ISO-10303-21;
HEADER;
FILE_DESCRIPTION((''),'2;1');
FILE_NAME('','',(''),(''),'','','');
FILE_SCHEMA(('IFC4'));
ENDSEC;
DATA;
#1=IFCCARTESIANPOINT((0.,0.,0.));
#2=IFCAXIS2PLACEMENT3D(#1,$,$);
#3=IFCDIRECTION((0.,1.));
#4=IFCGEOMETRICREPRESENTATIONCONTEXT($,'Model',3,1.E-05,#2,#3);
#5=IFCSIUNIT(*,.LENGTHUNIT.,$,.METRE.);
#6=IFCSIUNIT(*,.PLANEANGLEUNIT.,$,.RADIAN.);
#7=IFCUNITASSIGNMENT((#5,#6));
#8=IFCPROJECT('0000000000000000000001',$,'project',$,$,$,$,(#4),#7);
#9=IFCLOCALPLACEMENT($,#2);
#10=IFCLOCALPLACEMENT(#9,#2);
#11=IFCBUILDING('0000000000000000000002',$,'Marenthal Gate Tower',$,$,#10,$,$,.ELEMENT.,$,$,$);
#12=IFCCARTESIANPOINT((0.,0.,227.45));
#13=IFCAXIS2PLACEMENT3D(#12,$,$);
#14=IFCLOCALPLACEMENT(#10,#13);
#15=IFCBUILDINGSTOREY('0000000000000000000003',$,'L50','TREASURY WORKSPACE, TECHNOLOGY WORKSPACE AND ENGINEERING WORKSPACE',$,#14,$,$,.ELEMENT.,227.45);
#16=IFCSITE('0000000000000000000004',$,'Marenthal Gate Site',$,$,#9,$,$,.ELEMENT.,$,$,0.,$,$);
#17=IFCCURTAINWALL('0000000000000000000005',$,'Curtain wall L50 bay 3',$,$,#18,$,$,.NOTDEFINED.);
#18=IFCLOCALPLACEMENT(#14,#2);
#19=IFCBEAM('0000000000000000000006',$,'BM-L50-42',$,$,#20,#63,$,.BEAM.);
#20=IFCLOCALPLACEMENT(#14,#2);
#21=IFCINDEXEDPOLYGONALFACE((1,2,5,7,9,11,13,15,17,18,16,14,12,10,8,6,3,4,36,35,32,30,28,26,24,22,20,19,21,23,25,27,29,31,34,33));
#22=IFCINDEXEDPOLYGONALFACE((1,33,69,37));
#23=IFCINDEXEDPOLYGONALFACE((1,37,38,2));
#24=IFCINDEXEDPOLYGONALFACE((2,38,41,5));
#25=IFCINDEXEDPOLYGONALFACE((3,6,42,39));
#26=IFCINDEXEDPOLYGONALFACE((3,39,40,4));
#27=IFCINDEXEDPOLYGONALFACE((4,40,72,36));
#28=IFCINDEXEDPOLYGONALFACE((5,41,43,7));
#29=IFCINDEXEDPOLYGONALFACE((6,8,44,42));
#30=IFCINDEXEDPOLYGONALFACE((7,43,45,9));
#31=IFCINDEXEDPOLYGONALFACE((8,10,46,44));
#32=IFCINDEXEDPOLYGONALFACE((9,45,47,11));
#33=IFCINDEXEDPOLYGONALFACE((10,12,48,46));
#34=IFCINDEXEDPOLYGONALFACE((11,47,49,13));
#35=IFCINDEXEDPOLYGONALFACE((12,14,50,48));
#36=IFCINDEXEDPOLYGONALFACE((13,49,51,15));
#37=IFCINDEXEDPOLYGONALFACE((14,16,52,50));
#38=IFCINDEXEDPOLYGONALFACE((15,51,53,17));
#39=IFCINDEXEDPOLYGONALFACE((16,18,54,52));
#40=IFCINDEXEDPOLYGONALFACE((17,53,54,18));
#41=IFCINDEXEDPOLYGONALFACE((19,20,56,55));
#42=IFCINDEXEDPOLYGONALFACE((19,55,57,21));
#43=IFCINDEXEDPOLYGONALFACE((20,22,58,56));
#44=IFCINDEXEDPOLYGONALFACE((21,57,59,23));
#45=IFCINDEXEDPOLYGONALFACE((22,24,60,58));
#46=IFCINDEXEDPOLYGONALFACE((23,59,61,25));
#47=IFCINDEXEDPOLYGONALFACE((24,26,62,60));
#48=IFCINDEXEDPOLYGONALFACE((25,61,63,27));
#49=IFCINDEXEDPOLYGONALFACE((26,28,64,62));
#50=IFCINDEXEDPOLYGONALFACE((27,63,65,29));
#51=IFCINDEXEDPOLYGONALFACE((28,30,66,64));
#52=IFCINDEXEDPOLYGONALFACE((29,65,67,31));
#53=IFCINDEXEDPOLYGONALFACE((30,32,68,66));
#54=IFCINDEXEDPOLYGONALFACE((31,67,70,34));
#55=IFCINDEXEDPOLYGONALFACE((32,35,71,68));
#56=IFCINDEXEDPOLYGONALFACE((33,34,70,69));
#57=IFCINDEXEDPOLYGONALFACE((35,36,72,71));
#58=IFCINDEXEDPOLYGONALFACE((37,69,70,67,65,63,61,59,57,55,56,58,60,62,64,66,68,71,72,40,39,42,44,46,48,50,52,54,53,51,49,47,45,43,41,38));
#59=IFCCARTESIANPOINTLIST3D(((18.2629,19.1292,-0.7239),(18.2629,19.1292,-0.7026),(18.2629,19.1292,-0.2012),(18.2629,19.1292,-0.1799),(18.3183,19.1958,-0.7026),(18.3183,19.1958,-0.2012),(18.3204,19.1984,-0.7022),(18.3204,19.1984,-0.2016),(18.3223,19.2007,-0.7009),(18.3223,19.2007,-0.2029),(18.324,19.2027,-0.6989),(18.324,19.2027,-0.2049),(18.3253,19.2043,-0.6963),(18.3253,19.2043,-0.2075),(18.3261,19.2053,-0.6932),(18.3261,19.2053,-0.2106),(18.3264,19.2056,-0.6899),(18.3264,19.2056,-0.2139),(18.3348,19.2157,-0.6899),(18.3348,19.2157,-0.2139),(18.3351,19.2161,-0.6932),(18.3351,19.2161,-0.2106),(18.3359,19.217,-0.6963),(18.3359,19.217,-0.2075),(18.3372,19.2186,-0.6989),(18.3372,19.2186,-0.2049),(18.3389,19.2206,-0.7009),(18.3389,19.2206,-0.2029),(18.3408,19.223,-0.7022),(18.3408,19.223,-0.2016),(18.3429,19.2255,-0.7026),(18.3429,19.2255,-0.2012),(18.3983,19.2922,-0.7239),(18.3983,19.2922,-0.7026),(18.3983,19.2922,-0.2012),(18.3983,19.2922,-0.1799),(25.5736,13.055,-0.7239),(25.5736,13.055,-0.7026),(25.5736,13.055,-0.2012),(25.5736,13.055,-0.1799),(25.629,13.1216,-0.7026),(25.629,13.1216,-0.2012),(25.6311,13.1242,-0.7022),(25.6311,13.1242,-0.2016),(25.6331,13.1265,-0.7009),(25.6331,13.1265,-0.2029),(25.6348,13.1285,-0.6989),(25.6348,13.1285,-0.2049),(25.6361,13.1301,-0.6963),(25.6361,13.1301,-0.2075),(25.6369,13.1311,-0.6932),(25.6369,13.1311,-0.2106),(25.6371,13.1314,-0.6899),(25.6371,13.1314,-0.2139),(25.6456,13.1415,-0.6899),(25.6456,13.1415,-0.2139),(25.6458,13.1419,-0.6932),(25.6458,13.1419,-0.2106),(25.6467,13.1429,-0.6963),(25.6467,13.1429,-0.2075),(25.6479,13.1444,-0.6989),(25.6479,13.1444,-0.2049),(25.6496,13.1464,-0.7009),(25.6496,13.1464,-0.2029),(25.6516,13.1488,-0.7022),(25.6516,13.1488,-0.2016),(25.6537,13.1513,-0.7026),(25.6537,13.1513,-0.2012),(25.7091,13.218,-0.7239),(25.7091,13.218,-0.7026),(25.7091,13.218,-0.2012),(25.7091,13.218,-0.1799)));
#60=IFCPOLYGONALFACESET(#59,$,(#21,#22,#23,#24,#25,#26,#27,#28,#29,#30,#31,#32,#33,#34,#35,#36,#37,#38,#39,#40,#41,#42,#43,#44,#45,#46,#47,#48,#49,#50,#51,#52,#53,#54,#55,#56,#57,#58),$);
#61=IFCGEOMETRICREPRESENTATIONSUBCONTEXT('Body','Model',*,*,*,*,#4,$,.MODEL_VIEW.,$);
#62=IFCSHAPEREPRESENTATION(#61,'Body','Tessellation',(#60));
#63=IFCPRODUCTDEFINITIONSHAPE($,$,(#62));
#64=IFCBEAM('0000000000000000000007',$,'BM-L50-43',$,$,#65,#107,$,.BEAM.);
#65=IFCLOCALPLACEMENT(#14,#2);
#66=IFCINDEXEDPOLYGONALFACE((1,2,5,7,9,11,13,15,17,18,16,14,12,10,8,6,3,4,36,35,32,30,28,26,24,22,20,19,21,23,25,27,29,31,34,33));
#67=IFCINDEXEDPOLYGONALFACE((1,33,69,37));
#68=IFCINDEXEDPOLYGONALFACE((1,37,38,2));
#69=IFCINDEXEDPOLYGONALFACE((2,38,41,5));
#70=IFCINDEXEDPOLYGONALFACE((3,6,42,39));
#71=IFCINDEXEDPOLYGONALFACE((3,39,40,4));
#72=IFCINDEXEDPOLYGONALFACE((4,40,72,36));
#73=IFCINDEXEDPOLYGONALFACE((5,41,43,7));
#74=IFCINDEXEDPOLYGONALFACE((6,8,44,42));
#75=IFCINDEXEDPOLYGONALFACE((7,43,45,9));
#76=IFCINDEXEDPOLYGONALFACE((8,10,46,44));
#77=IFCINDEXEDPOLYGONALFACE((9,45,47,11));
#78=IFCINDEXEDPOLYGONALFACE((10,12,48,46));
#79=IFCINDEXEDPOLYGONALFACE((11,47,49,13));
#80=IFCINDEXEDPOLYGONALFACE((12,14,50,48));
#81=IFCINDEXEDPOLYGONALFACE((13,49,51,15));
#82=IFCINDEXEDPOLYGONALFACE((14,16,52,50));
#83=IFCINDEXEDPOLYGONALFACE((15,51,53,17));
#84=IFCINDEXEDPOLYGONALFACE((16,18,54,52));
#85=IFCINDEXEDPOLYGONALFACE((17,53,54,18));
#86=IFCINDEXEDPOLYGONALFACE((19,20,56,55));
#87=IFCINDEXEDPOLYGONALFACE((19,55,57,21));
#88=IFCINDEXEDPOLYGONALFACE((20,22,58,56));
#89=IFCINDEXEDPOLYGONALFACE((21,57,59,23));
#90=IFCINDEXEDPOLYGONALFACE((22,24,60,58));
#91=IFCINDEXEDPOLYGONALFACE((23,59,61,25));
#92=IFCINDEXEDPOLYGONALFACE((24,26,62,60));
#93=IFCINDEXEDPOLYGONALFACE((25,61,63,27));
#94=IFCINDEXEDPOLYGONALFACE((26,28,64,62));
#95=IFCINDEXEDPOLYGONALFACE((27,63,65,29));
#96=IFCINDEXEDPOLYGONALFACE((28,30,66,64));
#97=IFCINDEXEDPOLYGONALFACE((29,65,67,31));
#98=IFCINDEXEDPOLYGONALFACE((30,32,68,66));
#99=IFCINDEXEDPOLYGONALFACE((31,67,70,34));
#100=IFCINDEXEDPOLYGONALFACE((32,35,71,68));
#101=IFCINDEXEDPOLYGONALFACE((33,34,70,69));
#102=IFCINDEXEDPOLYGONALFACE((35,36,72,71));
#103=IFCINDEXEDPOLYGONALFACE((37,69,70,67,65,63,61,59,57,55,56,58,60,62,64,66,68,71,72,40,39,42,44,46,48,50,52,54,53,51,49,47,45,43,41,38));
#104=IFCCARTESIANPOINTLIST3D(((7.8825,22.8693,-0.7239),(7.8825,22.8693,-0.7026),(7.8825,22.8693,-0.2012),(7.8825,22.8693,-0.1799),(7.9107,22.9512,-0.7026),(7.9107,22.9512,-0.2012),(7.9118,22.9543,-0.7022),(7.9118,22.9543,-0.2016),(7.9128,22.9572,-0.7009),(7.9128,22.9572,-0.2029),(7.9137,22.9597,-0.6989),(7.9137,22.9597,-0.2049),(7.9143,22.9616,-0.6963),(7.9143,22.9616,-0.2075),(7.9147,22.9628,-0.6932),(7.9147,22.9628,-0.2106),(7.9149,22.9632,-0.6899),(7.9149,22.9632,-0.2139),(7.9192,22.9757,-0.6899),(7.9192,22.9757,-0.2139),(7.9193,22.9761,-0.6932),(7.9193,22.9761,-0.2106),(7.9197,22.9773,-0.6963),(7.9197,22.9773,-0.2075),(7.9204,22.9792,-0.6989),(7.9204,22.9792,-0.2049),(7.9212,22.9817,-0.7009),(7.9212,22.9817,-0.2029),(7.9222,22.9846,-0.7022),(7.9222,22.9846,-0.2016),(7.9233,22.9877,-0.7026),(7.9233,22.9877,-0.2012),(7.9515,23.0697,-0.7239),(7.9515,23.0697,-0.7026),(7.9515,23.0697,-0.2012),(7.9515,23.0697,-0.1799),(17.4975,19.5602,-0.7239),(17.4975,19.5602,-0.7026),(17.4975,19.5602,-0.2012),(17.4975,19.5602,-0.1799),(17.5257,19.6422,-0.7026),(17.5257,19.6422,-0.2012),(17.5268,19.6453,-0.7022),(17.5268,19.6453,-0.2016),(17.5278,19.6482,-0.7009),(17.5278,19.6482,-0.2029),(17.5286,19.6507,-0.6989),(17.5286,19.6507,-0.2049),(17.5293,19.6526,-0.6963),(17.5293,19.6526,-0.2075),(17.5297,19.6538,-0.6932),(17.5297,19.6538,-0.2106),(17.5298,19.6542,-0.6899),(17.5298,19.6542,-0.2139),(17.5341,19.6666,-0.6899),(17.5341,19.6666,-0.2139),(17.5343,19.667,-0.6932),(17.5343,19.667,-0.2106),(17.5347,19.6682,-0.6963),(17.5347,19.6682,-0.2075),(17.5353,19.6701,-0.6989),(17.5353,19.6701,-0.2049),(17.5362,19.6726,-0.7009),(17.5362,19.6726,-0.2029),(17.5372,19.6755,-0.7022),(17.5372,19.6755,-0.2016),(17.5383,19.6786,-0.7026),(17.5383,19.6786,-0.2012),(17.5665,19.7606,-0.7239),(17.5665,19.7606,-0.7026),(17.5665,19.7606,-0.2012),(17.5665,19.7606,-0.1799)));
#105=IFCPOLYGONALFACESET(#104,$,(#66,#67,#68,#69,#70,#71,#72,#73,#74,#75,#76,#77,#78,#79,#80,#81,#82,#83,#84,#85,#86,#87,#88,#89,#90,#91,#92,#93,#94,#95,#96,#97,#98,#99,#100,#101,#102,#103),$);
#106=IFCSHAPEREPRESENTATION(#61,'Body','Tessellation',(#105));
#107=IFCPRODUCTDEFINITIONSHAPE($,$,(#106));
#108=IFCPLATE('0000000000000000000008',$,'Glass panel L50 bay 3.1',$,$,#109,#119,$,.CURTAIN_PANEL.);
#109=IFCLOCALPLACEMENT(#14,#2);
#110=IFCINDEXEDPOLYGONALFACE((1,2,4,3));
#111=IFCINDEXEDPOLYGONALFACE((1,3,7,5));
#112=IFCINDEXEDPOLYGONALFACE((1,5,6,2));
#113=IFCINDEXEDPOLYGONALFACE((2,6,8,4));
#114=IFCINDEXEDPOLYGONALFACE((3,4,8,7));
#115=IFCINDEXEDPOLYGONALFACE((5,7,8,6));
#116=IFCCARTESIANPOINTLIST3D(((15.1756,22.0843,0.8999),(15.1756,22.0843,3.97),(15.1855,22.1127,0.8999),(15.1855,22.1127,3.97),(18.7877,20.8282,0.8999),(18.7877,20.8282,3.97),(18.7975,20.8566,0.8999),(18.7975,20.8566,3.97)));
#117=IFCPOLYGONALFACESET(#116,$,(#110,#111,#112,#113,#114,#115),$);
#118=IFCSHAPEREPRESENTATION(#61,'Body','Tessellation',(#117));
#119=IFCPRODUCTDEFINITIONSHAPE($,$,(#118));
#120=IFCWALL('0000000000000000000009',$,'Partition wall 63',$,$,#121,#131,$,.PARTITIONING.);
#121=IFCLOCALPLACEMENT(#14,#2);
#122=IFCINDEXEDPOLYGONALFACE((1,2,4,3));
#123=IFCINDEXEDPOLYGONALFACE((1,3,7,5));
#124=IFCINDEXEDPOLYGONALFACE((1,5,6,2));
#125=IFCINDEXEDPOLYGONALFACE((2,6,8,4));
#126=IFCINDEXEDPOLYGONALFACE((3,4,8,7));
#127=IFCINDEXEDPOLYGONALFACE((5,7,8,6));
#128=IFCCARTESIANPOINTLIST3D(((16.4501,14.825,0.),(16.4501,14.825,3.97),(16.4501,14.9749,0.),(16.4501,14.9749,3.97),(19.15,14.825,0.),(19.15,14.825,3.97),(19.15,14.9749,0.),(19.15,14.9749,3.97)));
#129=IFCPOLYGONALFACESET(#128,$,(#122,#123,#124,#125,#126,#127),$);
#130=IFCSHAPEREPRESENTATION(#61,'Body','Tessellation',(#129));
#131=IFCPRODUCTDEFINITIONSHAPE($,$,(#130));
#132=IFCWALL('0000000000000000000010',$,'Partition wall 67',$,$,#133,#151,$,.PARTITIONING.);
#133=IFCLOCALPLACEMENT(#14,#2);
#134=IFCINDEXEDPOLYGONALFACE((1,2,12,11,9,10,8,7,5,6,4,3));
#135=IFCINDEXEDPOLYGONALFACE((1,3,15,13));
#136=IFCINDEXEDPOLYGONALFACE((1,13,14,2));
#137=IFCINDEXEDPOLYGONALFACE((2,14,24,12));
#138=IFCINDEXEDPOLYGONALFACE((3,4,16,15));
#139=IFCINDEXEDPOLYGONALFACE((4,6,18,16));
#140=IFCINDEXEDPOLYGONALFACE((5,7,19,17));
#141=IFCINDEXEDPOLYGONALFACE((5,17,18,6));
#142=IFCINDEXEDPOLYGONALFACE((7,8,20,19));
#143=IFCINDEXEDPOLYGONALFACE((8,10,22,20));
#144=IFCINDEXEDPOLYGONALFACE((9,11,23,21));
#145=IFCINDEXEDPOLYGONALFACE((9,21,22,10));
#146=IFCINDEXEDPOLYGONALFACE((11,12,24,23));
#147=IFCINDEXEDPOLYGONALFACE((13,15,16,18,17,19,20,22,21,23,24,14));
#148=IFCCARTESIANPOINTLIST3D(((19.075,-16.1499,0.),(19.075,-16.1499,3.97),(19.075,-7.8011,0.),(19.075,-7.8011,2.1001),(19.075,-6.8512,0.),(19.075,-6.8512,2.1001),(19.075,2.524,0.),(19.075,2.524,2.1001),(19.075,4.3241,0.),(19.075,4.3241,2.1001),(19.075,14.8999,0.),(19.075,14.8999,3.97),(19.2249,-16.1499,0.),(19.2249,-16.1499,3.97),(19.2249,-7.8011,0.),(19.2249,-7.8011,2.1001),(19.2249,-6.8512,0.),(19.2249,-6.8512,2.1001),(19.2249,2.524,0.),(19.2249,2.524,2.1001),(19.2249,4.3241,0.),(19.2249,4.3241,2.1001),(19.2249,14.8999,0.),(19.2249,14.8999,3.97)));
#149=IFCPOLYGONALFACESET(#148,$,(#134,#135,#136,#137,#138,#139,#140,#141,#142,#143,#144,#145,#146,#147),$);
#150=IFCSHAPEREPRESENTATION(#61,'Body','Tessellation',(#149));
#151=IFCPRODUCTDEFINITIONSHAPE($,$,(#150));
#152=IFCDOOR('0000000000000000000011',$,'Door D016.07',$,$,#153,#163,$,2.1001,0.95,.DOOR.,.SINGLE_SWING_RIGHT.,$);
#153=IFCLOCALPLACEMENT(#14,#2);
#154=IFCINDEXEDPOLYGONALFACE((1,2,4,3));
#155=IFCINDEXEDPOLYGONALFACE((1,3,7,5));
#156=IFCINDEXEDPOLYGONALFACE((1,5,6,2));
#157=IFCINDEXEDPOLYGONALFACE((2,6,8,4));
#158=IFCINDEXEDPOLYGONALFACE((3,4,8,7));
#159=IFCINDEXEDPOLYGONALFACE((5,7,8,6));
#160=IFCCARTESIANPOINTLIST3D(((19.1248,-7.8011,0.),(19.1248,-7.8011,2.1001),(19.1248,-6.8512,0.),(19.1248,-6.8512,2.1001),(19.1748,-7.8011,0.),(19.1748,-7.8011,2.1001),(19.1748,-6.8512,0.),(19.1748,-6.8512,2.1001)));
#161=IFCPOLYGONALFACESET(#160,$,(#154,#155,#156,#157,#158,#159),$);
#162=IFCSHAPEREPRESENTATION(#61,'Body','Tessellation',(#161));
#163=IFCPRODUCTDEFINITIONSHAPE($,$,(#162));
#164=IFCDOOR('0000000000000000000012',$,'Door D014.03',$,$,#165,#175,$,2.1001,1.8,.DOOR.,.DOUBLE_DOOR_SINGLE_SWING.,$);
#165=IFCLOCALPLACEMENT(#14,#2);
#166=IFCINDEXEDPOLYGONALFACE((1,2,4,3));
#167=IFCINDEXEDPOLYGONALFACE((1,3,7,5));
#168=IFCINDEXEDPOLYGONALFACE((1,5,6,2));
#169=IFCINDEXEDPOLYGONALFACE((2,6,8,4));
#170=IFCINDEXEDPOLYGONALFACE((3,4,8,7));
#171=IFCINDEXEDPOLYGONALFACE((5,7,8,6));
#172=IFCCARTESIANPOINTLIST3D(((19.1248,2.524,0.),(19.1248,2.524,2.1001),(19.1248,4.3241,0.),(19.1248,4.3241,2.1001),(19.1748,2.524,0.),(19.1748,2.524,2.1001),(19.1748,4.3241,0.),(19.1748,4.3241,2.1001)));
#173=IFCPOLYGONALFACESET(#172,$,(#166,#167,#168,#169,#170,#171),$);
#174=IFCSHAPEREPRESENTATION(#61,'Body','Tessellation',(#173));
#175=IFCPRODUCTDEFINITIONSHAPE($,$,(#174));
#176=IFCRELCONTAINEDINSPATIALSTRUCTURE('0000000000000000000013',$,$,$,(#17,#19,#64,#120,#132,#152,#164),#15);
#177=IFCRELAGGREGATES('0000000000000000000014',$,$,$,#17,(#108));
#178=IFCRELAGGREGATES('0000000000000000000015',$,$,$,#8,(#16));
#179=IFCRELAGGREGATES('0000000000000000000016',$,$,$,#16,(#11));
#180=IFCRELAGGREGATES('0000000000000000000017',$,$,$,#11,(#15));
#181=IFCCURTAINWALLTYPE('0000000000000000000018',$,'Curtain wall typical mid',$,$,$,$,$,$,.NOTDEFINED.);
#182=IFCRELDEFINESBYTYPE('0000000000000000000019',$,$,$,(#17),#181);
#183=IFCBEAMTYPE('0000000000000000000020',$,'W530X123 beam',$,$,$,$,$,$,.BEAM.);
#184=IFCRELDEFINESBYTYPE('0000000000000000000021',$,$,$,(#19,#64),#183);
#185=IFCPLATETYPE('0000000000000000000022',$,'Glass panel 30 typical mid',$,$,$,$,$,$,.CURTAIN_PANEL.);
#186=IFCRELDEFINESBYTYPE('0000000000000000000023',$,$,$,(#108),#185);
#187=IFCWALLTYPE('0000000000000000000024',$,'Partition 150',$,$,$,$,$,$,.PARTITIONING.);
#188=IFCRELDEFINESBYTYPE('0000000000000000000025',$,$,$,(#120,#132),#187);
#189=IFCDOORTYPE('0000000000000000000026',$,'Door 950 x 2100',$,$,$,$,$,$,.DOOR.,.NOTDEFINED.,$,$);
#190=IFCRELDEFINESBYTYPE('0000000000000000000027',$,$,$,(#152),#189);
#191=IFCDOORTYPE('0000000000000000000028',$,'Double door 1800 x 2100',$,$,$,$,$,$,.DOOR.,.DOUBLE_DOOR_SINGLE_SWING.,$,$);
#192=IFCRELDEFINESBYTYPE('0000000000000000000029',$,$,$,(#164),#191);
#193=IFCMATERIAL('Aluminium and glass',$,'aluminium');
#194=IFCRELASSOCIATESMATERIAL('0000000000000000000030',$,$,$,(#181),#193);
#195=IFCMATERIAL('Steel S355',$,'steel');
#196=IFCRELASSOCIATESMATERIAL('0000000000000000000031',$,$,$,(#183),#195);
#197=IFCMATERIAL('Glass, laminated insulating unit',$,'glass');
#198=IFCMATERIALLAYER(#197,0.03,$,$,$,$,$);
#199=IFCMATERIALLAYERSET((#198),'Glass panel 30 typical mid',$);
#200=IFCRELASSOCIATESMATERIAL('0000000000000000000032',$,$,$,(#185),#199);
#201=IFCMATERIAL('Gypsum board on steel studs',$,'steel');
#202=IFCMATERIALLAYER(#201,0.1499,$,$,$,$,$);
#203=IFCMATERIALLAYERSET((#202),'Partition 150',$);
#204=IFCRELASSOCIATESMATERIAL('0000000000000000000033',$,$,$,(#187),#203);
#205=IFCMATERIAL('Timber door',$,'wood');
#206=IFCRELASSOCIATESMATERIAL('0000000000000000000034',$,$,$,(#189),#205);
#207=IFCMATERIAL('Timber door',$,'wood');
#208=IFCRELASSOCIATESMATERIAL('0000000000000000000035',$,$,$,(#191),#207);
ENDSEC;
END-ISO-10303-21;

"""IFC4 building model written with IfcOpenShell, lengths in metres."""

from ifc_helpers import new_model, si_unit, direction, frame, frame_2d, origin, origin_2d, place, context, subcontext, project, spatial, rectangle, i_section, extrude, material, layer, layer_set, material_profile, profile_set, type_object, element, fill, aggregate, save


model = new_model("IFC4")

# Units and contexts
model_context = context("Model", 3, precision=1e-05, world=origin(), true_north=direction((0.0, 1.0)))
body_context = subcontext(model_context, "Body", "Model", "MODEL_VIEW")
ifc_project = project(units=[si_unit("LENGTHUNIT", "METRE"), si_unit("PLANEANGLEUNIT", "RADIAN")], contexts=[model_context])

# Site, building, storey
site_placement = place(None, origin())
site = spatial("IfcSite", under=ifc_project, at=site_placement, Name="Marenthal Gate Site", CompositionType="ELEMENT", RefElevation=0.0)
building_placement = place(site_placement, origin())
building = spatial("IfcBuilding", under=site, at=building_placement, Name="Marenthal Gate Tower", CompositionType="ELEMENT")
storey_placement = place(building_placement, frame((0.0, 0.0, 227.45)))
storey = spatial("IfcBuildingStorey", under=building, at=storey_placement, Name="L50", Description="TREASURY WORKSPACE, TECHNOLOGY WORKSPACE AND ENGINEERING WORKSPACE", CompositionType="ELEMENT", Elevation=227.45)

# Shared definitions
ifc_material_1 = material(Name="Aluminium and glass", Category="aluminium")
curtain_wall_type = type_object("IfcCurtainWallType", Name="Curtain wall typical mid", PredefinedType="NOTDEFINED", material=ifc_material_1)

# Curtain wall
curtain_wall_1_placement = place(storey_placement, origin())
curtain_wall_1 = element("IfcCurtainWall", 1, at=curtain_wall_1_placement, inside=storey, type_object=curtain_wall_type, Name="Curtain wall L50 bay 3", PredefinedType="NOTDEFINED")

# Beams
ifc_material_2 = material(Name="Steel S355", Category="steel")
ifc_material_profile_1 = material_profile(ifc_material_2, i_section(OverallWidth=0.2119, OverallDepth=0.5439, WebThickness=0.0132, FlangeThickness=0.0212, FilletRadius=0.0127, at=origin_2d()), Name="W530X123")
ifc_profile_set_1 = profile_set([ifc_material_profile_1], Name="Steel S355")
beam_type_1 = type_object("IfcBeamType", Name="W530X123 beam", PredefinedType="BEAM", material=ifc_profile_set_1)
beam_1_placement = place(storey_placement, frame((25.6414, 13.1365, -0.4519), z_axis=(-0.769157, 0.639059, 0.0), x_axis=(-0.639059, -0.769157, 0.0)))
element("IfcBeam", 2, at=beam_1_placement, inside=storey, type_object=beam_type_1, Name="BM-L50-42", PredefinedType="BEAM", context=body_context, shape_type="SweptSolid", body=[
    extrude(i_section(OverallWidth=0.2119, OverallDepth=0.5439, WebThickness=0.0132, FlangeThickness=0.0212, FilletRadius=0.0127, at=origin_2d()), origin(), (0.0, 0.0, 1.0), 9.5049),
])
beam_2_placement = place(storey_placement, frame((17.532, 19.6604, -0.4519), z_axis=(-0.945568, 0.325425, 0.0), x_axis=(-0.325425, -0.945568, 0.0)))
element("IfcBeam", 3, at=beam_2_placement, inside=storey, type_object=beam_type_1, Name="BM-L50-43", PredefinedType="BEAM", context=body_context, shape_type="SweptSolid", body=[
    extrude(i_section(OverallWidth=0.2119, OverallDepth=0.5439, WebThickness=0.0132, FlangeThickness=0.0212, FilletRadius=0.0127, at=origin_2d()), origin(), (0.0, 0.0, 1.0), 10.1685),
])

# Plate
ifc_material_3 = material(Name="Glass, laminated insulating unit", Category="glass")
ifc_layer_1 = layer(ifc_material_3, 0.03)
ifc_layer_set_1 = layer_set([ifc_layer_1], Name="Glass panel 30 typical mid")
plate_type = type_object("IfcPlateType", Name="Glass panel 30 typical mid", PredefinedType="CURTAIN_PANEL", material=ifc_layer_set_1)
plate_placement = place(storey_placement, frame((16.9866, 21.4705, 0.8999), z_axis=(0.0, 0.0, 1.0), x_axis=(-0.944515, 0.328468, 0.0)))
plate = element("IfcPlate", 4, at=plate_placement, type_object=plate_type, Name="Glass panel L50 bay 3.1", PredefinedType="CURTAIN_PANEL", context=body_context, shape_type="SweptSolid", body=[
    extrude(rectangle(XDim=3.8242, YDim=0.03, at=origin_2d()), origin(), (0.0, 0.0, 1.0), 3.0701),
])
aggregate(curtain_wall_1, [plate])

# Wall
ifc_material_4 = material(Name="Gypsum board on steel studs", Category="steel")
ifc_layer_2 = layer(ifc_material_4, 0.1499)
ifc_layer_set_2 = layer_set([ifc_layer_2], Name="Partition 150")
wall_type_1 = type_object("IfcWallType", Name="Partition 150", PredefinedType="PARTITIONING", material=ifc_layer_set_2)
wall_1_placement = place(storey_placement, frame((16.45, 14.8999, 0.0), z_axis=(0.0, 0.0, 1.0), x_axis=(1.0, 0.0, 0.0)))
element("IfcWall", 5, at=wall_1_placement, inside=storey, type_object=wall_type_1, Name="Partition wall 63", PredefinedType="PARTITIONING", context=body_context, shape_type="SweptSolid", body=[
    extrude(rectangle(XDim=2.7, YDim=0.1499, at=frame_2d((1.3501, 0.0))), origin(), (0.0, 0.0, 1.0), 3.97),
])

# Wall, openings, doors
wall_2_placement = place(storey_placement, frame((19.1499, 14.8999, 0.0), z_axis=(0.0, 0.0, 1.0), x_axis=(0.0, -1.0, 0.0)))
wall_2 = element("IfcWall", 6, at=wall_2_placement, inside=storey, type_object=wall_type_1, Name="Partition wall 67", PredefinedType="PARTITIONING", context=body_context, shape_type="SweptSolid", body=[
    extrude(rectangle(XDim=31.0498, YDim=0.1499, at=frame_2d((15.5249, 0.0))), origin(), (0.0, 0.0, 1.0), 3.97),
])
opening_1_placement = place(wall_2_placement, frame((21.751, 0.0, 0.0)))
opening_1 = element("IfcOpeningElement", 7, at=opening_1_placement, cuts=wall_2, PredefinedType="OPENING", context=body_context, shape_type="SweptSolid", body=[
    extrude(rectangle(XDim=0.95, YDim=2.1001, at=frame_2d((0.4751, 1.05))), frame((0.0, 0.085, 0.0), z_axis=(0.0, -1.0, 0.0), x_axis=(1.0, 0.0, 0.0)), (0.0, 0.0, 1.0), 0.1699),
])
opening_2_placement = place(wall_2_placement, frame((10.5759, 0.0, 0.0)))
opening_2 = element("IfcOpeningElement", 8, at=opening_2_placement, cuts=wall_2, PredefinedType="OPENING", context=body_context, shape_type="SweptSolid", body=[
    extrude(rectangle(XDim=1.8, YDim=2.1001, at=frame_2d((0.8999, 1.05))), frame((0.0, 0.085, 0.0), z_axis=(0.0, -1.0, 0.0), x_axis=(1.0, 0.0, 0.0)), (0.0, 0.0, 1.0), 0.1699),
])
ifc_material_5 = material(Name="Timber door", Category="wood")
door_type_1 = type_object("IfcDoorType", Name="Door 950 x 2100", OperationType="NOTDEFINED", PredefinedType="DOOR", material=ifc_material_5)
door_1_placement = place(opening_1_placement, origin())
door_1 = element("IfcDoor", 9, at=door_1_placement, inside=storey, type_object=door_type_1, Name="Door D016.07", OperationType="SINGLE_SWING_RIGHT", OverallHeight=2.1001, OverallWidth=0.95, PredefinedType="DOOR", context=body_context, shape_type="SweptSolid", body=[
    extrude(rectangle(XDim=0.95, YDim=2.1001, at=frame_2d((0.4751, 1.05))), frame((0.0, 0.0249, 0.0), z_axis=(0.0, -1.0, 0.0), x_axis=(1.0, 0.0, 0.0)), (0.0, 0.0, 1.0), 0.05),
])
fill(opening_1, door_1)
ifc_material_6 = material(Name="Timber door", Category="wood")
door_type_2 = type_object("IfcDoorType", Name="Double door 1800 x 2100", OperationType="DOUBLE_DOOR_SINGLE_SWING", PredefinedType="DOOR", material=ifc_material_6)
door_2_placement = place(opening_2_placement, origin())
door_2 = element("IfcDoor", 10, at=door_2_placement, inside=storey, type_object=door_type_2, Name="Door D014.03", OperationType="DOUBLE_DOOR_SINGLE_SWING", OverallHeight=2.1001, OverallWidth=1.8, PredefinedType="DOOR", context=body_context, shape_type="SweptSolid", body=[
    extrude(rectangle(XDim=1.8, YDim=2.1001, at=frame_2d((0.8999, 1.05))), frame((0.0, 0.0249, 0.0), z_axis=(0.0, -1.0, 0.0), x_axis=(1.0, 0.0, 0.0)), (0.0, 0.0, 1.0), 0.05),
])
fill(opening_2, door_2)

save(model, "model.ifc")
